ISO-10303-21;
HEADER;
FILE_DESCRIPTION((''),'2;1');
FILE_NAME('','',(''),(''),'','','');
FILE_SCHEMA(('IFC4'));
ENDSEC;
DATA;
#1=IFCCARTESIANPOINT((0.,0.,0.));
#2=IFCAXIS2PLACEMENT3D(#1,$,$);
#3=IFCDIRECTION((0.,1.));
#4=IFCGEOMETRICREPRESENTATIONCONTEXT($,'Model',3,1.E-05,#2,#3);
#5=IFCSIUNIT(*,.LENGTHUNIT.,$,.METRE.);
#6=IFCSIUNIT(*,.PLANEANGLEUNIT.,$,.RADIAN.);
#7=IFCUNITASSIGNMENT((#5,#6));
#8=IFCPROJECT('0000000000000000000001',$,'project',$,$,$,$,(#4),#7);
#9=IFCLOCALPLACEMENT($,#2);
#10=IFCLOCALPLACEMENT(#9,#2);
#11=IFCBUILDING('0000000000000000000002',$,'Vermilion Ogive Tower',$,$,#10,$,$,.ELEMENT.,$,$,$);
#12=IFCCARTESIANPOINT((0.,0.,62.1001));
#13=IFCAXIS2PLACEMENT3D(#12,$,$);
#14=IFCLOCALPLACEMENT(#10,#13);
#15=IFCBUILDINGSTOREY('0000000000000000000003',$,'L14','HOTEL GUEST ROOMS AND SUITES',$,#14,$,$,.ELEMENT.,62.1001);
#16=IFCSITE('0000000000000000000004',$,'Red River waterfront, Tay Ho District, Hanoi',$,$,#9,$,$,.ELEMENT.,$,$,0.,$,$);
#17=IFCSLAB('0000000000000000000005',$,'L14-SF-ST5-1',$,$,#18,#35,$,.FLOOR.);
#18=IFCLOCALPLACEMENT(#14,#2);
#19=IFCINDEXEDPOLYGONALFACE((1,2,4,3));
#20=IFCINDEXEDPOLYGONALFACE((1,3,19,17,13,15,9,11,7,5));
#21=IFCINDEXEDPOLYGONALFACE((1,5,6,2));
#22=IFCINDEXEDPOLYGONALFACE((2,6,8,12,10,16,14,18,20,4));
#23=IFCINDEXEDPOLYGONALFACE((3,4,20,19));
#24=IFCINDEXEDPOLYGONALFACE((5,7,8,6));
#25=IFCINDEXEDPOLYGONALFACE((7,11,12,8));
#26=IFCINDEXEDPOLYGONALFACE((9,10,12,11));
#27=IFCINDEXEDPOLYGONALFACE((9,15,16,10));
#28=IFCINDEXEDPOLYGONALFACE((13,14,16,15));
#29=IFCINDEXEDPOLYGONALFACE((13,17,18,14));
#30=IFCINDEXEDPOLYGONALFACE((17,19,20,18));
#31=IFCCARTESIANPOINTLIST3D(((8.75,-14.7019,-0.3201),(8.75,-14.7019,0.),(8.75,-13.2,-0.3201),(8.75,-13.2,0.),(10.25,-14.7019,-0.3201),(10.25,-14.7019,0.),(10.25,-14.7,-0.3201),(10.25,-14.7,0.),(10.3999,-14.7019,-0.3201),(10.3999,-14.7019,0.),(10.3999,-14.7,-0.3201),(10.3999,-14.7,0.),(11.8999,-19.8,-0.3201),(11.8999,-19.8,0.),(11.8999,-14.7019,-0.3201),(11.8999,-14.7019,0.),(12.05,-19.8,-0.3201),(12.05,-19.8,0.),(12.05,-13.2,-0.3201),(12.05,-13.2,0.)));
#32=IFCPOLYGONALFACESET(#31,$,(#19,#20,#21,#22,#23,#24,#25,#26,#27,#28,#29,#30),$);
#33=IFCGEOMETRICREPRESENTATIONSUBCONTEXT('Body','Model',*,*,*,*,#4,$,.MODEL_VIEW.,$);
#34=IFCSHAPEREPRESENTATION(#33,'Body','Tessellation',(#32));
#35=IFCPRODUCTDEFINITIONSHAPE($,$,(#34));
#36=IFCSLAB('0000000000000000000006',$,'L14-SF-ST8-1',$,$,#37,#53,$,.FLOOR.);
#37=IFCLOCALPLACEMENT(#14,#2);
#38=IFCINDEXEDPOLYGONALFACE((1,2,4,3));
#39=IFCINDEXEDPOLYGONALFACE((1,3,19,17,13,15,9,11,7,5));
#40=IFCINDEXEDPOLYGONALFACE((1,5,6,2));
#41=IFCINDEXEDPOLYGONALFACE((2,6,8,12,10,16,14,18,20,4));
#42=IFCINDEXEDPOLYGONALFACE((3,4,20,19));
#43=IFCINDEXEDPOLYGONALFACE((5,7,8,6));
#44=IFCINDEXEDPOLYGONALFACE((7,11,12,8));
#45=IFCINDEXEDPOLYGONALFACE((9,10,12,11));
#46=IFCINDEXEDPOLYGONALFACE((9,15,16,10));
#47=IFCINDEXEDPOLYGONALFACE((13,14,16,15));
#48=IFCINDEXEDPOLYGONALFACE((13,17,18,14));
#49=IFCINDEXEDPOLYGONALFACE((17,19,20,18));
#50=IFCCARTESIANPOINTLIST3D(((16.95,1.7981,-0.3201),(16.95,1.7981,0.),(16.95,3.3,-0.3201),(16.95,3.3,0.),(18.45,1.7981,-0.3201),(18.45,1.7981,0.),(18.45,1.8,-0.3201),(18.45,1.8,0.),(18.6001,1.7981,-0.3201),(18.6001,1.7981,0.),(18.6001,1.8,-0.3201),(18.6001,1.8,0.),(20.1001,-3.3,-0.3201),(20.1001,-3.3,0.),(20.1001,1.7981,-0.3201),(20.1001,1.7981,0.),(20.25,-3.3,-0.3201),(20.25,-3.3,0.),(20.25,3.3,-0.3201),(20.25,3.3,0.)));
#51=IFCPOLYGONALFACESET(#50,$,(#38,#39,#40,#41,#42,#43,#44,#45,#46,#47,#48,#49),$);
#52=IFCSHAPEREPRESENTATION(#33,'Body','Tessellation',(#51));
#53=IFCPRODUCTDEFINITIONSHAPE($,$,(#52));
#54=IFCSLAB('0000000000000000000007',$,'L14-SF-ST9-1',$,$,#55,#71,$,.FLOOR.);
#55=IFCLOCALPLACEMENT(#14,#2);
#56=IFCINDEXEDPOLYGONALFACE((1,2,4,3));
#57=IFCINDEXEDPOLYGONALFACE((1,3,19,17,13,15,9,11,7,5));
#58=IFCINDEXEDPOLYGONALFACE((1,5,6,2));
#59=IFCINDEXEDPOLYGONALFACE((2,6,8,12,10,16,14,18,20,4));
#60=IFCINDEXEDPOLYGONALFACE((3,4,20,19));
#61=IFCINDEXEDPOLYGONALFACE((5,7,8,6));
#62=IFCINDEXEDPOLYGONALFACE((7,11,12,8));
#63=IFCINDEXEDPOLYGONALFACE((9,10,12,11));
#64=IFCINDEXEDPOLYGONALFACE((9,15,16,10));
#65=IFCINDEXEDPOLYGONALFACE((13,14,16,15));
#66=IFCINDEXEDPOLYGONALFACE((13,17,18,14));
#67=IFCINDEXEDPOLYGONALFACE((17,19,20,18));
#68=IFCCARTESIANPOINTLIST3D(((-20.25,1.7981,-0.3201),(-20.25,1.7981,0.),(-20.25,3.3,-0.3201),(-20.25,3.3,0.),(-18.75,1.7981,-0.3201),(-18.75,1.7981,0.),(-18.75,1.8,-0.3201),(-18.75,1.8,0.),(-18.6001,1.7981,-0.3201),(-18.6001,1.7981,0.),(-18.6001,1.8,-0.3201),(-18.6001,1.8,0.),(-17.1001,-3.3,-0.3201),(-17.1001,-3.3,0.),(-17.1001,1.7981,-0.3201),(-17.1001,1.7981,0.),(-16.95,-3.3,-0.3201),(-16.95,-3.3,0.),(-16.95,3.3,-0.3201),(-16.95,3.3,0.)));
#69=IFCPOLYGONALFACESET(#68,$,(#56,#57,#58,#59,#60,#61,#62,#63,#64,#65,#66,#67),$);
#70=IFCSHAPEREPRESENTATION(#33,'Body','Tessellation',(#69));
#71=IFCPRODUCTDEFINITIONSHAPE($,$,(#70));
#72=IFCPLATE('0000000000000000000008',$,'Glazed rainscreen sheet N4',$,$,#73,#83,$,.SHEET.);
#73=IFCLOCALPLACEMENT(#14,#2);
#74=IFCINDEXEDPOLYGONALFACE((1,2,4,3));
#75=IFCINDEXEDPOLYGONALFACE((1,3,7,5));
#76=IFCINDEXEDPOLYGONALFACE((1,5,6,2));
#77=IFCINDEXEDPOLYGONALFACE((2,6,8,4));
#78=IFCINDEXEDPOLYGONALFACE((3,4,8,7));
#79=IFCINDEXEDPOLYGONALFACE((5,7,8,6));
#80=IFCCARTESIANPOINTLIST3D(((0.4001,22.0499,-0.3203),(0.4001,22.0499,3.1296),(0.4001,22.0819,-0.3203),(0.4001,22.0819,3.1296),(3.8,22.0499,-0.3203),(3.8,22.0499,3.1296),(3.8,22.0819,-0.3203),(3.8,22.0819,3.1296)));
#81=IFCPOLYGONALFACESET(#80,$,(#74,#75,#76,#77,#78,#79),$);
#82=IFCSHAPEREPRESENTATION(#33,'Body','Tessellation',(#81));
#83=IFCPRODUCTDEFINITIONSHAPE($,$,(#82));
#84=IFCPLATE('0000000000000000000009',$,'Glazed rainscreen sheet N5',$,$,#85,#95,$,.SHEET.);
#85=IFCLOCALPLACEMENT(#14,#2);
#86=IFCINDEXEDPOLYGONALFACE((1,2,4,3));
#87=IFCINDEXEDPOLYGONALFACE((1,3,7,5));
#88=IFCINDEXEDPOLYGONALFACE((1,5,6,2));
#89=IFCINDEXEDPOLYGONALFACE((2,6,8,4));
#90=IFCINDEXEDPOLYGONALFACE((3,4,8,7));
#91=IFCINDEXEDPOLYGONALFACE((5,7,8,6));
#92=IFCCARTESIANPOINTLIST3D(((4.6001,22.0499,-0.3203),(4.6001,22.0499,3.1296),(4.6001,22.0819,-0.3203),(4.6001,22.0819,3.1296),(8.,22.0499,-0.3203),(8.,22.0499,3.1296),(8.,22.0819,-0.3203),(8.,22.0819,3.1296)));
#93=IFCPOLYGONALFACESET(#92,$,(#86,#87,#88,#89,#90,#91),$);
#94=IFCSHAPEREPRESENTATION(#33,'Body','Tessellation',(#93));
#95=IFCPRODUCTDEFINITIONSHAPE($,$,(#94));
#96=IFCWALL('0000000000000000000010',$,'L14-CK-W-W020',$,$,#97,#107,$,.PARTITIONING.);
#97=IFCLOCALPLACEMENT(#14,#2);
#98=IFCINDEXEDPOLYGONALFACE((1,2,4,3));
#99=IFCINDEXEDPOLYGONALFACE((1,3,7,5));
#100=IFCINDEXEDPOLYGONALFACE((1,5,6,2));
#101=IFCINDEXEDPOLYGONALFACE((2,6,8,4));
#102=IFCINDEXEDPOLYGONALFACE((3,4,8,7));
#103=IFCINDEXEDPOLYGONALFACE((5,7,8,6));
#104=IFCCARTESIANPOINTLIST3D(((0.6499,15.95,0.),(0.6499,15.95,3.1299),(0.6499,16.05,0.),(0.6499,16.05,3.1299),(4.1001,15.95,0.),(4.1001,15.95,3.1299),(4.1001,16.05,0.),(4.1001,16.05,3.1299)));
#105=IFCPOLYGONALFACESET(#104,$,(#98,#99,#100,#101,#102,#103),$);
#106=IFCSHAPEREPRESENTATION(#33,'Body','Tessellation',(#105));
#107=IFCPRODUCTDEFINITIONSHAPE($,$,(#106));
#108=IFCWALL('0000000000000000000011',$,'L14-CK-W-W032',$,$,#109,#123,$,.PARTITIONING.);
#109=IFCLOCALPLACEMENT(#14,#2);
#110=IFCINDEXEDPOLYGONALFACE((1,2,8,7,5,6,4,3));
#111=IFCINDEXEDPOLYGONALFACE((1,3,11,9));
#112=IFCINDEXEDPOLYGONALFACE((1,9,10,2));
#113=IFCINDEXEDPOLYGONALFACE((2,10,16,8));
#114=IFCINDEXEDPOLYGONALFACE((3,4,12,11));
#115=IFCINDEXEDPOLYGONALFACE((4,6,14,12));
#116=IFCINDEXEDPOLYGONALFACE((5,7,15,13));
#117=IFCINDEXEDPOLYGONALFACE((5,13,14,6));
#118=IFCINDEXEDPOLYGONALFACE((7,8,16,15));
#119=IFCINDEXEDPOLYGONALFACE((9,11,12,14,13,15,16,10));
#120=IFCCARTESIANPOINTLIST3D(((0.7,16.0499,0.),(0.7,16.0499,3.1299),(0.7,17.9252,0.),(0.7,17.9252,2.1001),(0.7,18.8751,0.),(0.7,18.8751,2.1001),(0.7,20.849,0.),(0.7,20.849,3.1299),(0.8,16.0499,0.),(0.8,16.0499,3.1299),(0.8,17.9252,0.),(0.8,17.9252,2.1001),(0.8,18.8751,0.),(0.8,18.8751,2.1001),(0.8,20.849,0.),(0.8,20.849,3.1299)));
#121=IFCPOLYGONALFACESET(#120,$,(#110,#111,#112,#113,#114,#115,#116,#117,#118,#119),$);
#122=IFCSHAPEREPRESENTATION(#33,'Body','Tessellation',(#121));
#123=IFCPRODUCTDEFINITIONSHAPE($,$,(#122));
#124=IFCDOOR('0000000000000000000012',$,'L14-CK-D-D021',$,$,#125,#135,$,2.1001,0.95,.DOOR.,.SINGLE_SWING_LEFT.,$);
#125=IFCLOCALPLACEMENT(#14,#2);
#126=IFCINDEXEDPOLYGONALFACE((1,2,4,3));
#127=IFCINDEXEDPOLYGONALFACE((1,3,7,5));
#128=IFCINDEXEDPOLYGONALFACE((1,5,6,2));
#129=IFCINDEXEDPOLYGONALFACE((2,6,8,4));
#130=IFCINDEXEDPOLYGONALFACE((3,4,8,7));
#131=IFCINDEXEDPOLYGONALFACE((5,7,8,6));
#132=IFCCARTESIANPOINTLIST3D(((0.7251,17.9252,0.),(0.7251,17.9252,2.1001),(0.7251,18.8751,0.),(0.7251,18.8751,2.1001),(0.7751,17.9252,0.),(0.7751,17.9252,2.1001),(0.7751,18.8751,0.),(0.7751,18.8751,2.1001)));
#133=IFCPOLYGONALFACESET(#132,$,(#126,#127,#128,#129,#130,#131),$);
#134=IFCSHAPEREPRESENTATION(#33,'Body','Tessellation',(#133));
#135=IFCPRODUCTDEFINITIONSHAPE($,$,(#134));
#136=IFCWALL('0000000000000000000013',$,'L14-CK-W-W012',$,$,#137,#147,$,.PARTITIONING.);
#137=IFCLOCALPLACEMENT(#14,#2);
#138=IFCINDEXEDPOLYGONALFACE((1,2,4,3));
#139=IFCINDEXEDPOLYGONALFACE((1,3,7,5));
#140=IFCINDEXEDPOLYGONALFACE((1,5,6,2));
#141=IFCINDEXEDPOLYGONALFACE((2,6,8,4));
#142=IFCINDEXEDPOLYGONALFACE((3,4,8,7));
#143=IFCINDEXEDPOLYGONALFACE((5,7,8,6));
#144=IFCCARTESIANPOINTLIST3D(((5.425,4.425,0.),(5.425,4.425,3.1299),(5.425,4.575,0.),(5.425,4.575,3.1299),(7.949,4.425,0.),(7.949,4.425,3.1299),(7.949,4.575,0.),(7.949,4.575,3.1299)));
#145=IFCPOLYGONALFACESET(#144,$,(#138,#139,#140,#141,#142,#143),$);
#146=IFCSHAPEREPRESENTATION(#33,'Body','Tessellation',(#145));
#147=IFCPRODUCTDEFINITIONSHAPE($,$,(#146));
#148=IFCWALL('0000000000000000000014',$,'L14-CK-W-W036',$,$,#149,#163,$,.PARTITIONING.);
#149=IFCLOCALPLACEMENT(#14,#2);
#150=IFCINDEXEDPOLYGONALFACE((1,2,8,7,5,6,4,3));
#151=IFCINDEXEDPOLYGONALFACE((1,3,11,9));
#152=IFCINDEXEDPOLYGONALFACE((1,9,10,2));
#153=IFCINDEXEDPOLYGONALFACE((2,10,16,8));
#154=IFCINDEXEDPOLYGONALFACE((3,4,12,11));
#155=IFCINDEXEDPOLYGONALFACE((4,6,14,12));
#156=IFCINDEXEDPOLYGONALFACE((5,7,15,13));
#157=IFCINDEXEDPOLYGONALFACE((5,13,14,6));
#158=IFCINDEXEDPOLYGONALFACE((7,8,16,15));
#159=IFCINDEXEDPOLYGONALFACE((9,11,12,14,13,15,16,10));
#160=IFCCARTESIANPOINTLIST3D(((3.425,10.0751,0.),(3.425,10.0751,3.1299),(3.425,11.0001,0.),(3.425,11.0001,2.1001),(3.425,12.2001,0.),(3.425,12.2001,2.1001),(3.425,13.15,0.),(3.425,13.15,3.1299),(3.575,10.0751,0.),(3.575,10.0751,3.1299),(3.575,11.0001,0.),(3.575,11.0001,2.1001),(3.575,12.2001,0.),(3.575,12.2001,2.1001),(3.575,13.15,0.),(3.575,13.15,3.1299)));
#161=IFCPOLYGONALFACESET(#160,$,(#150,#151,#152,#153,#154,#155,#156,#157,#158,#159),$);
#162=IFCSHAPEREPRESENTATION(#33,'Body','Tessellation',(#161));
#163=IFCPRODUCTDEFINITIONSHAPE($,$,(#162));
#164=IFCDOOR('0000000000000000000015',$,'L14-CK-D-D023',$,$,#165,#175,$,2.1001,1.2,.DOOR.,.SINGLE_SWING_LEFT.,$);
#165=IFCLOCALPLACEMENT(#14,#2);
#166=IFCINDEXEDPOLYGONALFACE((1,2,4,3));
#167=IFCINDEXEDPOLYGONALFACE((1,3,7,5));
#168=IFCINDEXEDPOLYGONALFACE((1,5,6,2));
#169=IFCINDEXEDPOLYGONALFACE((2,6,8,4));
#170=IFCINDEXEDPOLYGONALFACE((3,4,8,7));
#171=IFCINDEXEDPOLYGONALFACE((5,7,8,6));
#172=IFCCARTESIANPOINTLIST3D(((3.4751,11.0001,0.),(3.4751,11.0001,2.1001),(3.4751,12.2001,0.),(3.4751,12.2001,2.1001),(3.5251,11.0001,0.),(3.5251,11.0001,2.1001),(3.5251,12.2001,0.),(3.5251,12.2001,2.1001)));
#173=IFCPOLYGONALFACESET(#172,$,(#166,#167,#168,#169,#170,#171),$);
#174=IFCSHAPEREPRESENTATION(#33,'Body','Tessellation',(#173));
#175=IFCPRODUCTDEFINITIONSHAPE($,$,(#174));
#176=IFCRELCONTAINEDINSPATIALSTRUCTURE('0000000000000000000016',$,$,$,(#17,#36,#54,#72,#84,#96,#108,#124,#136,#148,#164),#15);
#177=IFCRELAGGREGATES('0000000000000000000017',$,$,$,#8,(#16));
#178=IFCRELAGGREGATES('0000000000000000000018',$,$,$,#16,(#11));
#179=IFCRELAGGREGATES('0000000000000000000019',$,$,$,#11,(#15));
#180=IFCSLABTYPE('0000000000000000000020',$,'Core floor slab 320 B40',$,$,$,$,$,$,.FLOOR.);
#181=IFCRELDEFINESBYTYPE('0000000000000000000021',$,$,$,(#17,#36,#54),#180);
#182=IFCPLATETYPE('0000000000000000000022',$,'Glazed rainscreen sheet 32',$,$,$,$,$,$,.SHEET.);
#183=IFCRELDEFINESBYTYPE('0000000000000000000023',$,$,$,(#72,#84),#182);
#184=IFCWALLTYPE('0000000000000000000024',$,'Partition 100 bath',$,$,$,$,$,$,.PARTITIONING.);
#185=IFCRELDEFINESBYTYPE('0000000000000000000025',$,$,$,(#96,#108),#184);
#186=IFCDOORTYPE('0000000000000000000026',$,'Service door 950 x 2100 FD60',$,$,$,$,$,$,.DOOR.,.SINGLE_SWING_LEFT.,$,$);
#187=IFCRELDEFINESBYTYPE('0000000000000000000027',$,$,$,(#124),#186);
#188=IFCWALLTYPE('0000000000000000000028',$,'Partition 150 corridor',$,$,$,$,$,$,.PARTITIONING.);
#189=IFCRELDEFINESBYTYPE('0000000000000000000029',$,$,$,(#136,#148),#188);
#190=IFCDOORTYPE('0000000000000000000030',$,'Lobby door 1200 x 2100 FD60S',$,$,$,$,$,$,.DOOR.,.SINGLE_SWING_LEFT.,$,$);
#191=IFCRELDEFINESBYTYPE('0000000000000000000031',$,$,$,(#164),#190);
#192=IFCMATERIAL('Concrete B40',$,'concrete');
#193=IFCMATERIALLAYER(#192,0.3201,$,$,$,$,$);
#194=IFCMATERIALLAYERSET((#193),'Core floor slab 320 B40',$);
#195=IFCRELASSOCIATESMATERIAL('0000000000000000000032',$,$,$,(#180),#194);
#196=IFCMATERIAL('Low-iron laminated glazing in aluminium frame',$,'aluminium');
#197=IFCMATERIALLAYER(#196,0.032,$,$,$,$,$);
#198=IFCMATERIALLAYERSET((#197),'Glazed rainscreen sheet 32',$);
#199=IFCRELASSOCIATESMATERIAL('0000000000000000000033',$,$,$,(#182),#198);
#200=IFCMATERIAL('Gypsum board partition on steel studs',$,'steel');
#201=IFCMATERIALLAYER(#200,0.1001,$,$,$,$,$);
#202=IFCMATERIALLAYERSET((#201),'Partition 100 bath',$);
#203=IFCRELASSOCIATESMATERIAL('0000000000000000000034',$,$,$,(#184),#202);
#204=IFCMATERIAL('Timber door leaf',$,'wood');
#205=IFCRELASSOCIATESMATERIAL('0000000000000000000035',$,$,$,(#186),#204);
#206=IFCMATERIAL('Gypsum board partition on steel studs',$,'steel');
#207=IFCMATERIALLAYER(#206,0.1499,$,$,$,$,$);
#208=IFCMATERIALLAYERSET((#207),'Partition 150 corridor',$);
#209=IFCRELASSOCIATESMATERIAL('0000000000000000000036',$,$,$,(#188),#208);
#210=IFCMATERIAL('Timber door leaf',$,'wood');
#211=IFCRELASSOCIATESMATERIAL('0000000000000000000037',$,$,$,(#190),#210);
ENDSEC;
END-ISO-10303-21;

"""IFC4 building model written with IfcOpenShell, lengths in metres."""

from ifc_helpers import new_model, si_unit, direction, frame, frame_2d, origin, origin_2d, place, context, subcontext, project, spatial, polyline, rectangle, outline, extrude, material, layer, layer_set, type_object, element, fill, save


model = new_model("IFC4")

# Units and contexts
model_context = context("Model", 3, precision=1e-05, world=origin(), true_north=direction((0.0, 1.0)))
body_context = subcontext(model_context, "Body", "Model", "MODEL_VIEW")
ifc_project = project(units=[si_unit("LENGTHUNIT", "METRE"), si_unit("PLANEANGLEUNIT", "RADIAN")], contexts=[model_context])

# Site, building, storey
site_placement = place(None, origin())
site = spatial("IfcSite", under=ifc_project, at=site_placement, Name="Red River waterfront, Tay Ho District, Hanoi", CompositionType="ELEMENT", RefElevation=0.0)
building_placement = place(site_placement, origin())
building = spatial("IfcBuilding", under=site, at=building_placement, Name="Vermilion Ogive Tower", CompositionType="ELEMENT")
storey_placement = place(building_placement, frame((0.0, 0.0, 62.1001)))
storey = spatial("IfcBuildingStorey", under=building, at=storey_placement, Name="L14", Description="HOTEL GUEST ROOMS AND SUITES", CompositionType="ELEMENT", Elevation=62.1001)

# Slabs
ifc_material_1 = material(Name="Concrete B40", Category="concrete")
ifc_layer_1 = layer(ifc_material_1, 0.3201)
ifc_layer_set_1 = layer_set([ifc_layer_1], Name="Core floor slab 320 B40")
slab_type = type_object("IfcSlabType", Name="Core floor slab 320 B40", PredefinedType="FLOOR", material=ifc_layer_set_1)
slab_1_placement = place(storey_placement, frame((0.0, 0.0, -0.3201)))
element("IfcSlab", 1, at=slab_1_placement, inside=storey, type_object=slab_type, Name="L14-SF-ST5-1", PredefinedType="FLOOR", context=body_context, shape_type="SweptSolid", body=[
    extrude(outline(polyline([(8.75, -13.2), (8.75, -14.7019), (10.25, -14.7019), (10.25, -14.7), (10.3999, -14.7), (10.3999, -14.7019), (11.8999, -14.7019), (11.8999, -19.8), (12.05, -19.8), (12.05, -13.2), (8.75, -13.2)])), origin(), (0.0, 0.0, 1.0), 0.3201),
])
slab_2_placement = place(storey_placement, frame((0.0, 0.0, -0.3201)))
element("IfcSlab", 2, at=slab_2_placement, inside=storey, type_object=slab_type, Name="L14-SF-ST8-1", PredefinedType="FLOOR", context=body_context, shape_type="SweptSolid", body=[
    extrude(outline(polyline([(16.95, 3.3), (16.95, 1.7981), (18.45, 1.7981), (18.45, 1.8), (18.6001, 1.8), (18.6001, 1.7981), (20.1001, 1.7981), (20.1001, -3.3), (20.25, -3.3), (20.25, 3.3), (16.95, 3.3)])), origin(), (0.0, 0.0, 1.0), 0.3201),
])
slab_3_placement = place(storey_placement, frame((0.0, 0.0, -0.3201)))
element("IfcSlab", 3, at=slab_3_placement, inside=storey, type_object=slab_type, Name="L14-SF-ST9-1", PredefinedType="FLOOR", context=body_context, shape_type="SweptSolid", body=[
    extrude(outline(polyline([(-20.25, 3.3), (-20.25, 1.7981), (-18.75, 1.7981), (-18.75, 1.8), (-18.6001, 1.8), (-18.6001, 1.7981), (-17.1001, 1.7981), (-17.1001, -3.3), (-16.95, -3.3), (-16.95, 3.3), (-20.25, 3.3)])), origin(), (0.0, 0.0, 1.0), 0.3201),
])

# Plates
ifc_material_2 = material(Name="Low-iron laminated glazing in aluminium frame", Category="aluminium")
ifc_layer_2 = layer(ifc_material_2, 0.032)
ifc_layer_set_2 = layer_set([ifc_layer_2], Name="Glazed rainscreen sheet 32")
plate_type = type_object("IfcPlateType", Name="Glazed rainscreen sheet 32", PredefinedType="SHEET", material=ifc_layer_set_2)
for number, where, z_axis, x_axis, name in (
    (4, (2.1001, 22.0659, -0.3203), (0.0, 0.0, 1.0), (1.0, 0.0, 0.0), "Glazed rainscreen sheet N4"),
    (5, (6.3, 22.0659, -0.3203), (0.0, 0.0, 1.0), (1.0, 0.0, 0.0), "Glazed rainscreen sheet N5"),
):
    element("IfcPlate", number, at=place(storey_placement, frame(where, z_axis=z_axis, x_axis=x_axis)), inside=storey, type_object=plate_type, Name=name, PredefinedType="SHEET", context=body_context, shape_type="SweptSolid", body=[
        extrude(rectangle(XDim=3.3999, YDim=0.032, at=origin_2d()), origin(), (0.0, 0.0, 1.0), 3.45),
    ])

# Wall
ifc_material_3 = material(Name="Gypsum board partition on steel studs", Category="steel")
ifc_layer_3 = layer(ifc_material_3, 0.1001)
ifc_layer_set_3 = layer_set([ifc_layer_3], Name="Partition 100 bath")
wall_type_1 = type_object("IfcWallType", Name="Partition 100 bath", PredefinedType="PARTITIONING", material=ifc_layer_set_3)
wall_1_placement = place(storey_placement, frame((0.6499, 16.0, 0.0), z_axis=(0.0, 0.0, 1.0), x_axis=(1.0, 0.0, 0.0)))
element("IfcWall", 6, at=wall_1_placement, inside=storey, type_object=wall_type_1, Name="L14-CK-W-W020", PredefinedType="PARTITIONING", context=body_context, shape_type="SweptSolid", body=[
    extrude(rectangle(XDim=3.4502, YDim=0.1001, at=frame_2d((1.7251, 0.0))), origin(), (0.0, 0.0, 1.0), 3.1299),
])

# Wall, opening, door
wall_2_placement = place(storey_placement, frame((0.75, 16.05, 0.0), z_axis=(0.0, 0.0, 1.0), x_axis=(0.0, 1.0, 0.0)))
wall_2 = element("IfcWall", 7, at=wall_2_placement, inside=storey, type_object=wall_type_1, Name="L14-CK-W-W032", PredefinedType="PARTITIONING", context=body_context, shape_type="SweptSolid", body=[
    extrude(rectangle(XDim=4.7991, YDim=0.1001, at=frame_2d((2.3994, 0.0))), origin(), (0.0, 0.0, 1.0), 3.1299),
])
opening_1_placement = place(wall_2_placement, frame((1.875, 0.0, 0.0)))
opening_1 = element("IfcOpeningElement", 8, at=opening_1_placement, cuts=wall_2, PredefinedType="OPENING", context=body_context, shape_type="SweptSolid", body=[
    extrude(rectangle(XDim=0.95, YDim=2.1001, at=frame_2d((0.4751, 1.05))), frame((0.0, 0.0601, 0.0), z_axis=(0.0, -1.0, 0.0), x_axis=(1.0, 0.0, 0.0)), (0.0, 0.0, 1.0), 0.1201),
])
ifc_material_4 = material(Name="Timber door leaf", Category="wood")
door_type_1 = type_object("IfcDoorType", Name="Service door 950 x 2100 FD60", OperationType="SINGLE_SWING_LEFT", PredefinedType="DOOR", material=ifc_material_4)
door_1_placement = place(opening_1_placement, origin())
door_1 = element("IfcDoor", 9, at=door_1_placement, inside=storey, type_object=door_type_1, Name="L14-CK-D-D021", OperationType="SINGLE_SWING_LEFT", OverallHeight=2.1001, OverallWidth=0.95, PredefinedType="DOOR", context=body_context, shape_type="SweptSolid", body=[
    extrude(rectangle(XDim=0.95, YDim=2.1001, at=frame_2d((0.4751, 1.05))), frame((0.0, 0.0249, 0.0), z_axis=(0.0, -1.0, 0.0), x_axis=(1.0, 0.0, 0.0)), (0.0, 0.0, 1.0), 0.05),
])
fill(opening_1, door_1)

# Wall
ifc_material_5 = material(Name="Gypsum board partition on steel studs", Category="steel")
ifc_layer_4 = layer(ifc_material_5, 0.1499)
ifc_layer_set_4 = layer_set([ifc_layer_4], Name="Partition 150 corridor")
wall_type_2 = type_object("IfcWallType", Name="Partition 150 corridor", PredefinedType="PARTITIONING", material=ifc_layer_set_4)
wall_3_placement = place(storey_placement, frame((5.425, 4.5, 0.0), z_axis=(0.0, 0.0, 1.0), x_axis=(1.0, 0.0, 0.0)))
element("IfcWall", 10, at=wall_3_placement, inside=storey, type_object=wall_type_2, Name="L14-CK-W-W012", PredefinedType="PARTITIONING", context=body_context, shape_type="SweptSolid", body=[
    extrude(rectangle(XDim=2.5239, YDim=0.1499, at=frame_2d((1.262, 0.0))), origin(), (0.0, 0.0, 1.0), 3.1299),
])

# Wall, opening, door
wall_4_placement = place(storey_placement, frame((3.5, 10.075, 0.0), z_axis=(0.0, 0.0, 1.0), x_axis=(0.0, 1.0, 0.0)))
wall_4 = element("IfcWall", 11, at=wall_4_placement, inside=storey, type_object=wall_type_2, Name="L14-CK-W-W036", PredefinedType="PARTITIONING", context=body_context, shape_type="SweptSolid", body=[
    extrude(rectangle(XDim=3.075, YDim=0.1499, at=frame_2d((1.5376, 0.0))), origin(), (0.0, 0.0, 1.0), 3.1299),
])
opening_2_placement = place(wall_4_placement, frame((0.925, 0.0, 0.0)))
opening_2 = element("IfcOpeningElement", 12, at=opening_2_placement, cuts=wall_4, PredefinedType="OPENING", context=body_context, shape_type="SweptSolid", body=[
    extrude(rectangle(XDim=1.2, YDim=2.1001, at=frame_2d((0.6001, 1.05))), frame((0.0, 0.085, 0.0), z_axis=(0.0, -1.0, 0.0), x_axis=(1.0, 0.0, 0.0)), (0.0, 0.0, 1.0), 0.1699),
])
ifc_material_6 = material(Name="Timber door leaf", Category="wood")
door_type_2 = type_object("IfcDoorType", Name="Lobby door 1200 x 2100 FD60S", OperationType="SINGLE_SWING_LEFT", PredefinedType="DOOR", material=ifc_material_6)
door_2_placement = place(opening_2_placement, origin())
door_2 = element("IfcDoor", 13, at=door_2_placement, inside=storey, type_object=door_type_2, Name="L14-CK-D-D023", OperationType="SINGLE_SWING_LEFT", OverallHeight=2.1001, OverallWidth=1.2, PredefinedType="DOOR", context=body_context, shape_type="SweptSolid", body=[
    extrude(rectangle(XDim=1.2, YDim=2.1001, at=frame_2d((0.6001, 1.05))), frame((0.0, 0.0249, 0.0), z_axis=(0.0, -1.0, 0.0), x_axis=(1.0, 0.0, 0.0)), (0.0, 0.0, 1.0), 0.05),
])
fill(opening_2, door_2)

save(model, "model.ifc")
